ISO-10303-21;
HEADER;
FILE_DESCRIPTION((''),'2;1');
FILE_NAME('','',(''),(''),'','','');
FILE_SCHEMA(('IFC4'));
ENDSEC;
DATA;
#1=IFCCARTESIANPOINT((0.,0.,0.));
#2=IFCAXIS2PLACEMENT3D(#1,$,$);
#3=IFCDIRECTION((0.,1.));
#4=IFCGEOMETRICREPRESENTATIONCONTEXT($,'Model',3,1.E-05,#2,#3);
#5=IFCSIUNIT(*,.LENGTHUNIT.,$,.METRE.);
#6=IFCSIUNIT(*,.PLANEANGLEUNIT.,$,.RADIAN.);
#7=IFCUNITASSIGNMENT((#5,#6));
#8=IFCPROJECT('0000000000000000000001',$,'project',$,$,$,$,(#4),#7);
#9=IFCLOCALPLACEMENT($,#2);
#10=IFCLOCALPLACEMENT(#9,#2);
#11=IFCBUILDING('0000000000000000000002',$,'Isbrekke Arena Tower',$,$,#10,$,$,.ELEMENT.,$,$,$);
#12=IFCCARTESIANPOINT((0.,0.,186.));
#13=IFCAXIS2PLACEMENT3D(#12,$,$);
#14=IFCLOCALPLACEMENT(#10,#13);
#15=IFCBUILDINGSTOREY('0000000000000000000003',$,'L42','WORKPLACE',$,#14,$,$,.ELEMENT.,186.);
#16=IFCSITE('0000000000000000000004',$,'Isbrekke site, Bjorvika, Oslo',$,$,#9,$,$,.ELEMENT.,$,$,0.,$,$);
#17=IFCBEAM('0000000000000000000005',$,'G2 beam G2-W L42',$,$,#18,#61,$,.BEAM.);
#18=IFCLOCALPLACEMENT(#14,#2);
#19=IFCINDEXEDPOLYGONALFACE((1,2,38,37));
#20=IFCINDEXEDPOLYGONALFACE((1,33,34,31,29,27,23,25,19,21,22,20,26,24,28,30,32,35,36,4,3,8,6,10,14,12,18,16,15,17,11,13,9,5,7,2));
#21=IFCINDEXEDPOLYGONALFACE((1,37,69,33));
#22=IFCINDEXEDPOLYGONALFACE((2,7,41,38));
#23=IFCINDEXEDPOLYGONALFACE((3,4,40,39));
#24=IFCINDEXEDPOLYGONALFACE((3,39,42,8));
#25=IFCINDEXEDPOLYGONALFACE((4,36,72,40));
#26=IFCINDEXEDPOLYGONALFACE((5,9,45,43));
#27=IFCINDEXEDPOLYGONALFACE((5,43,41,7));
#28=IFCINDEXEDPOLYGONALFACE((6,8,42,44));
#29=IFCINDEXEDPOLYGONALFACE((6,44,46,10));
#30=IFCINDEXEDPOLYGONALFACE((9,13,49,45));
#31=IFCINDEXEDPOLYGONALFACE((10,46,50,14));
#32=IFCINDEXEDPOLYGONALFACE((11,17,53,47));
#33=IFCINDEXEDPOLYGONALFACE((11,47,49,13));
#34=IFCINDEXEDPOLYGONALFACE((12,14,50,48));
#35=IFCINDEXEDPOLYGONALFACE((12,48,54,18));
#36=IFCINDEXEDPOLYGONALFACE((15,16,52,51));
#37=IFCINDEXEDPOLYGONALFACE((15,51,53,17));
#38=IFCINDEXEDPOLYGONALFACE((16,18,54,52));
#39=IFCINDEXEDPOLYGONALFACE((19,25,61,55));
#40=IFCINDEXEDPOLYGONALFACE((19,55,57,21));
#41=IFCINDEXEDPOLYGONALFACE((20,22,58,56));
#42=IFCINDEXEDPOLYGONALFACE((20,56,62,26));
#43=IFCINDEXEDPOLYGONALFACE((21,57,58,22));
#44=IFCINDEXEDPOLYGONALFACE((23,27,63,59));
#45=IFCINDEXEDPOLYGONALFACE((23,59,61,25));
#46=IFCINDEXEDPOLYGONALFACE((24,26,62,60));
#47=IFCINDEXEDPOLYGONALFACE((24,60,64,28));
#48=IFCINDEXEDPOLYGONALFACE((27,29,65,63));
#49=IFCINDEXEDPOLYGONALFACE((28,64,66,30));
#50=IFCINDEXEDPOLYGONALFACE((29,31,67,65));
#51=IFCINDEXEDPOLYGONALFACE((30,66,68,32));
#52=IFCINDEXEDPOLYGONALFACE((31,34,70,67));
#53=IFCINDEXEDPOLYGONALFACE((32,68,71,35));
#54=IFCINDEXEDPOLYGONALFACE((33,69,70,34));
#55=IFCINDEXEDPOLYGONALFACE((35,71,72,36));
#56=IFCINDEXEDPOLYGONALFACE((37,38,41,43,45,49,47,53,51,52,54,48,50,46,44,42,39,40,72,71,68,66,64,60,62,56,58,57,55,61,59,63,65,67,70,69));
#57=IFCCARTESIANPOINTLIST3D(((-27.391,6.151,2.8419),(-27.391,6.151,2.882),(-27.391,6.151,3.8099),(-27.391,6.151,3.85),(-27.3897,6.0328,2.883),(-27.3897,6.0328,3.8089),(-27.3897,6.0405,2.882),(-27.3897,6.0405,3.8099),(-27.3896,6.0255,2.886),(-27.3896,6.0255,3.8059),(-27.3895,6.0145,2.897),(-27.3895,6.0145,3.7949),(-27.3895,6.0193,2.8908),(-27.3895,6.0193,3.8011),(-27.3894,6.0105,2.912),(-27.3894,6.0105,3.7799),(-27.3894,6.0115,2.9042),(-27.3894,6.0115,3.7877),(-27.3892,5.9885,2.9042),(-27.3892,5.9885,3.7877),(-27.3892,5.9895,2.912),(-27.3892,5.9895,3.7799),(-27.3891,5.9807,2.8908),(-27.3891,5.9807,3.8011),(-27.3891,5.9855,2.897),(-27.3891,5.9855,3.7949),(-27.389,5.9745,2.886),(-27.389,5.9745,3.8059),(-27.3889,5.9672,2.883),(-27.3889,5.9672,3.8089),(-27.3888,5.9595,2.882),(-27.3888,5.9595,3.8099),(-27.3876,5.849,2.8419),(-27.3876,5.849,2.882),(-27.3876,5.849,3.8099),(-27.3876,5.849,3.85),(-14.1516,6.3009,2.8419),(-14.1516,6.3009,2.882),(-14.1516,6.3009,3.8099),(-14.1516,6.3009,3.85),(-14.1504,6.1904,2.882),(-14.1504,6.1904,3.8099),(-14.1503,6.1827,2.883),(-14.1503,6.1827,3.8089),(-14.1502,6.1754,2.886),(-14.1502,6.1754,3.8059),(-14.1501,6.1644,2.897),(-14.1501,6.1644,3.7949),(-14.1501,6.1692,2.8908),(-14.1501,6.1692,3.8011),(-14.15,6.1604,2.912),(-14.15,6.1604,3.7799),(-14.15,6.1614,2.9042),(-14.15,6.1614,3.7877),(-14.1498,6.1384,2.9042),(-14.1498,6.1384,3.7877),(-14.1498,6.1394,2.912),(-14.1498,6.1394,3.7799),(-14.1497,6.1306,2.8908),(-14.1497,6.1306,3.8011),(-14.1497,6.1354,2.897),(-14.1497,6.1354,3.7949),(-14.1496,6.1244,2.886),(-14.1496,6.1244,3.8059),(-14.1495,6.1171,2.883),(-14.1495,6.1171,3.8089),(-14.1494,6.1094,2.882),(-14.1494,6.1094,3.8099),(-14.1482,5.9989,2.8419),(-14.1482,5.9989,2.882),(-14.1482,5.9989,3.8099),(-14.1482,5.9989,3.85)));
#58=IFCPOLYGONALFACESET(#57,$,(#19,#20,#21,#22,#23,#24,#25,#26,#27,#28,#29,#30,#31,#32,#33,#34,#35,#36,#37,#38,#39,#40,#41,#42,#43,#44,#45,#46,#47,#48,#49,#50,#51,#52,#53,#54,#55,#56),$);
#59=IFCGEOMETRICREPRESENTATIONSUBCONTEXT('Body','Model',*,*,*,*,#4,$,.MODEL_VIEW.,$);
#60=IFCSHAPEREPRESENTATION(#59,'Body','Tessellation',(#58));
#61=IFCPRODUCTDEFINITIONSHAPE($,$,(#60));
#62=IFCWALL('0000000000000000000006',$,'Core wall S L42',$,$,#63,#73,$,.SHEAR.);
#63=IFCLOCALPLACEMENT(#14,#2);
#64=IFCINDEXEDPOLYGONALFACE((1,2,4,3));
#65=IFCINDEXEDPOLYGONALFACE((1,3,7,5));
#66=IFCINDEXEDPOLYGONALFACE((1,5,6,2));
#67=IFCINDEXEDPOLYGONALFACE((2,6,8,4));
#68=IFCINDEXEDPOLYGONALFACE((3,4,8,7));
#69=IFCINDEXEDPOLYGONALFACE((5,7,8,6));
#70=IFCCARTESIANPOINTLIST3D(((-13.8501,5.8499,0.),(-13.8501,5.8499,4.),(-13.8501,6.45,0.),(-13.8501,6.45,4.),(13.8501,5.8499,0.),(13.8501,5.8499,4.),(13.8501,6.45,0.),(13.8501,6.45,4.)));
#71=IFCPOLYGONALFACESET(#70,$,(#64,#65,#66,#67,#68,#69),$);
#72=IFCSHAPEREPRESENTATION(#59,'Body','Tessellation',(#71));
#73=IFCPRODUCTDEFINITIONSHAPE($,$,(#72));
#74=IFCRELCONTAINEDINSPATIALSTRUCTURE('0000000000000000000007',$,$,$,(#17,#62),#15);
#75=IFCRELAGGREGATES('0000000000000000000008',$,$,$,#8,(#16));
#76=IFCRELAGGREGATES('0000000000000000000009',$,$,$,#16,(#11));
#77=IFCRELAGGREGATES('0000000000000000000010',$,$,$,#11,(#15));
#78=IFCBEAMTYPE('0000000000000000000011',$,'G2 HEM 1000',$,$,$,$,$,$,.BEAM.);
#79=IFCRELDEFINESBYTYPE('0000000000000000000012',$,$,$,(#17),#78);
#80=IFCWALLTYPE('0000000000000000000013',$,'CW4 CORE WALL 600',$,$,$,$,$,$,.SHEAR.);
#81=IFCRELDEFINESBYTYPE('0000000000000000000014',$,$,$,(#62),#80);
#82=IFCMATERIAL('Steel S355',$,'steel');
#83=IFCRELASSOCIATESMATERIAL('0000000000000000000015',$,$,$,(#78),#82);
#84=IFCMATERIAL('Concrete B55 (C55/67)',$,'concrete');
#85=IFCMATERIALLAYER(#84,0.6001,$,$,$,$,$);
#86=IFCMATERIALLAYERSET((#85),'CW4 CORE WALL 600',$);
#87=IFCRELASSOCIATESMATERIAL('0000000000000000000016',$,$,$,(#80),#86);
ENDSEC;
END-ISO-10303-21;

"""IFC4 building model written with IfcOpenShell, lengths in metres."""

from ifc_helpers import new_model, si_unit, direction, frame, frame_2d, origin, origin_2d, place, context, subcontext, project, spatial, rectangle, i_section, extrude, material, layer, layer_set, material_profile, profile_set, type_object, element, save


model = new_model("IFC4")

# Units and contexts
model_context = context("Model", 3, precision=1e-05, world=origin(), true_north=direction((0.0, 1.0)))
body_context = subcontext(model_context, "Body", "Model", "MODEL_VIEW")
ifc_project = project(units=[si_unit("LENGTHUNIT", "METRE"), si_unit("PLANEANGLEUNIT", "RADIAN")], contexts=[model_context])

# Site, building, storey
site_placement = place(None, origin())
site = spatial("IfcSite", under=ifc_project, at=site_placement, Name="Isbrekke site, Bjorvika, Oslo", CompositionType="ELEMENT", RefElevation=0.0)
building_placement = place(site_placement, origin())
building = spatial("IfcBuilding", under=site, at=building_placement, Name="Isbrekke Arena Tower", CompositionType="ELEMENT")
storey_placement = place(building_placement, frame((0.0, 0.0, 186.0)))
storey = spatial("IfcBuildingStorey", under=building, at=storey_placement, Name="L42", Description="WORKPLACE", CompositionType="ELEMENT", Elevation=186.0)

# Beam
ifc_material_1 = material(Name="Steel S355", Category="steel")
ifc_material_profile = material_profile(ifc_material_1, i_section(OverallWidth=0.302, OverallDepth=1.0081, WebThickness=0.021, FlangeThickness=0.04, FilletRadius=0.03, at=origin_2d()), Name="HEM 1000")
ifc_profile_set = profile_set([ifc_material_profile], Name="Steel S355")
beam_type = type_object("IfcBeamType", Name="G2 HEM 1000", PredefinedType="BEAM", material=ifc_profile_set)
beam_placement = place(storey_placement, frame((-14.1499, 6.1499, 3.3459), z_axis=(-0.999936, -0.011322, 0.0), x_axis=(0.011322, -0.999936, 0.0)))
element("IfcBeam", 1, at=beam_placement, inside=storey, type_object=beam_type, Name="G2 beam G2-W L42", PredefinedType="BEAM", context=body_context, shape_type="SweptSolid", body=[
    extrude(i_section(OverallWidth=0.302, OverallDepth=1.0081, WebThickness=0.021, FlangeThickness=0.04, FilletRadius=0.03, at=origin_2d()), origin(), (0.0, 0.0, 1.0), 13.2402),
])

# Wall
ifc_material_2 = material(Name="Concrete B55 (C55/67)", Category="concrete")
ifc_layer_1 = layer(ifc_material_2, 0.6001)
ifc_layer_set_1 = layer_set([ifc_layer_1], Name="CW4 CORE WALL 600")
wall_type_1 = type_object("IfcWallType", Name="CW4 CORE WALL 600", PredefinedType="SHEAR", material=ifc_layer_set_1)
wall_1_placement = place(storey_placement, frame((-13.8501, 6.1499, 0.0), z_axis=(0.0, 0.0, 1.0), x_axis=(1.0, 0.0, 0.0)))
element("IfcWall", 2, at=wall_1_placement, inside=storey, type_object=wall_type_1, Name="Core wall S L42", PredefinedType="SHEAR", context=body_context, shape_type="SweptSolid", body=[
    extrude(rectangle(XDim=27.7002, YDim=0.6001, at=frame_2d((13.8501, 0.0))), origin(), (0.0, 0.0, 1.0), 4.0),
])

save(model, "model.ifc")
